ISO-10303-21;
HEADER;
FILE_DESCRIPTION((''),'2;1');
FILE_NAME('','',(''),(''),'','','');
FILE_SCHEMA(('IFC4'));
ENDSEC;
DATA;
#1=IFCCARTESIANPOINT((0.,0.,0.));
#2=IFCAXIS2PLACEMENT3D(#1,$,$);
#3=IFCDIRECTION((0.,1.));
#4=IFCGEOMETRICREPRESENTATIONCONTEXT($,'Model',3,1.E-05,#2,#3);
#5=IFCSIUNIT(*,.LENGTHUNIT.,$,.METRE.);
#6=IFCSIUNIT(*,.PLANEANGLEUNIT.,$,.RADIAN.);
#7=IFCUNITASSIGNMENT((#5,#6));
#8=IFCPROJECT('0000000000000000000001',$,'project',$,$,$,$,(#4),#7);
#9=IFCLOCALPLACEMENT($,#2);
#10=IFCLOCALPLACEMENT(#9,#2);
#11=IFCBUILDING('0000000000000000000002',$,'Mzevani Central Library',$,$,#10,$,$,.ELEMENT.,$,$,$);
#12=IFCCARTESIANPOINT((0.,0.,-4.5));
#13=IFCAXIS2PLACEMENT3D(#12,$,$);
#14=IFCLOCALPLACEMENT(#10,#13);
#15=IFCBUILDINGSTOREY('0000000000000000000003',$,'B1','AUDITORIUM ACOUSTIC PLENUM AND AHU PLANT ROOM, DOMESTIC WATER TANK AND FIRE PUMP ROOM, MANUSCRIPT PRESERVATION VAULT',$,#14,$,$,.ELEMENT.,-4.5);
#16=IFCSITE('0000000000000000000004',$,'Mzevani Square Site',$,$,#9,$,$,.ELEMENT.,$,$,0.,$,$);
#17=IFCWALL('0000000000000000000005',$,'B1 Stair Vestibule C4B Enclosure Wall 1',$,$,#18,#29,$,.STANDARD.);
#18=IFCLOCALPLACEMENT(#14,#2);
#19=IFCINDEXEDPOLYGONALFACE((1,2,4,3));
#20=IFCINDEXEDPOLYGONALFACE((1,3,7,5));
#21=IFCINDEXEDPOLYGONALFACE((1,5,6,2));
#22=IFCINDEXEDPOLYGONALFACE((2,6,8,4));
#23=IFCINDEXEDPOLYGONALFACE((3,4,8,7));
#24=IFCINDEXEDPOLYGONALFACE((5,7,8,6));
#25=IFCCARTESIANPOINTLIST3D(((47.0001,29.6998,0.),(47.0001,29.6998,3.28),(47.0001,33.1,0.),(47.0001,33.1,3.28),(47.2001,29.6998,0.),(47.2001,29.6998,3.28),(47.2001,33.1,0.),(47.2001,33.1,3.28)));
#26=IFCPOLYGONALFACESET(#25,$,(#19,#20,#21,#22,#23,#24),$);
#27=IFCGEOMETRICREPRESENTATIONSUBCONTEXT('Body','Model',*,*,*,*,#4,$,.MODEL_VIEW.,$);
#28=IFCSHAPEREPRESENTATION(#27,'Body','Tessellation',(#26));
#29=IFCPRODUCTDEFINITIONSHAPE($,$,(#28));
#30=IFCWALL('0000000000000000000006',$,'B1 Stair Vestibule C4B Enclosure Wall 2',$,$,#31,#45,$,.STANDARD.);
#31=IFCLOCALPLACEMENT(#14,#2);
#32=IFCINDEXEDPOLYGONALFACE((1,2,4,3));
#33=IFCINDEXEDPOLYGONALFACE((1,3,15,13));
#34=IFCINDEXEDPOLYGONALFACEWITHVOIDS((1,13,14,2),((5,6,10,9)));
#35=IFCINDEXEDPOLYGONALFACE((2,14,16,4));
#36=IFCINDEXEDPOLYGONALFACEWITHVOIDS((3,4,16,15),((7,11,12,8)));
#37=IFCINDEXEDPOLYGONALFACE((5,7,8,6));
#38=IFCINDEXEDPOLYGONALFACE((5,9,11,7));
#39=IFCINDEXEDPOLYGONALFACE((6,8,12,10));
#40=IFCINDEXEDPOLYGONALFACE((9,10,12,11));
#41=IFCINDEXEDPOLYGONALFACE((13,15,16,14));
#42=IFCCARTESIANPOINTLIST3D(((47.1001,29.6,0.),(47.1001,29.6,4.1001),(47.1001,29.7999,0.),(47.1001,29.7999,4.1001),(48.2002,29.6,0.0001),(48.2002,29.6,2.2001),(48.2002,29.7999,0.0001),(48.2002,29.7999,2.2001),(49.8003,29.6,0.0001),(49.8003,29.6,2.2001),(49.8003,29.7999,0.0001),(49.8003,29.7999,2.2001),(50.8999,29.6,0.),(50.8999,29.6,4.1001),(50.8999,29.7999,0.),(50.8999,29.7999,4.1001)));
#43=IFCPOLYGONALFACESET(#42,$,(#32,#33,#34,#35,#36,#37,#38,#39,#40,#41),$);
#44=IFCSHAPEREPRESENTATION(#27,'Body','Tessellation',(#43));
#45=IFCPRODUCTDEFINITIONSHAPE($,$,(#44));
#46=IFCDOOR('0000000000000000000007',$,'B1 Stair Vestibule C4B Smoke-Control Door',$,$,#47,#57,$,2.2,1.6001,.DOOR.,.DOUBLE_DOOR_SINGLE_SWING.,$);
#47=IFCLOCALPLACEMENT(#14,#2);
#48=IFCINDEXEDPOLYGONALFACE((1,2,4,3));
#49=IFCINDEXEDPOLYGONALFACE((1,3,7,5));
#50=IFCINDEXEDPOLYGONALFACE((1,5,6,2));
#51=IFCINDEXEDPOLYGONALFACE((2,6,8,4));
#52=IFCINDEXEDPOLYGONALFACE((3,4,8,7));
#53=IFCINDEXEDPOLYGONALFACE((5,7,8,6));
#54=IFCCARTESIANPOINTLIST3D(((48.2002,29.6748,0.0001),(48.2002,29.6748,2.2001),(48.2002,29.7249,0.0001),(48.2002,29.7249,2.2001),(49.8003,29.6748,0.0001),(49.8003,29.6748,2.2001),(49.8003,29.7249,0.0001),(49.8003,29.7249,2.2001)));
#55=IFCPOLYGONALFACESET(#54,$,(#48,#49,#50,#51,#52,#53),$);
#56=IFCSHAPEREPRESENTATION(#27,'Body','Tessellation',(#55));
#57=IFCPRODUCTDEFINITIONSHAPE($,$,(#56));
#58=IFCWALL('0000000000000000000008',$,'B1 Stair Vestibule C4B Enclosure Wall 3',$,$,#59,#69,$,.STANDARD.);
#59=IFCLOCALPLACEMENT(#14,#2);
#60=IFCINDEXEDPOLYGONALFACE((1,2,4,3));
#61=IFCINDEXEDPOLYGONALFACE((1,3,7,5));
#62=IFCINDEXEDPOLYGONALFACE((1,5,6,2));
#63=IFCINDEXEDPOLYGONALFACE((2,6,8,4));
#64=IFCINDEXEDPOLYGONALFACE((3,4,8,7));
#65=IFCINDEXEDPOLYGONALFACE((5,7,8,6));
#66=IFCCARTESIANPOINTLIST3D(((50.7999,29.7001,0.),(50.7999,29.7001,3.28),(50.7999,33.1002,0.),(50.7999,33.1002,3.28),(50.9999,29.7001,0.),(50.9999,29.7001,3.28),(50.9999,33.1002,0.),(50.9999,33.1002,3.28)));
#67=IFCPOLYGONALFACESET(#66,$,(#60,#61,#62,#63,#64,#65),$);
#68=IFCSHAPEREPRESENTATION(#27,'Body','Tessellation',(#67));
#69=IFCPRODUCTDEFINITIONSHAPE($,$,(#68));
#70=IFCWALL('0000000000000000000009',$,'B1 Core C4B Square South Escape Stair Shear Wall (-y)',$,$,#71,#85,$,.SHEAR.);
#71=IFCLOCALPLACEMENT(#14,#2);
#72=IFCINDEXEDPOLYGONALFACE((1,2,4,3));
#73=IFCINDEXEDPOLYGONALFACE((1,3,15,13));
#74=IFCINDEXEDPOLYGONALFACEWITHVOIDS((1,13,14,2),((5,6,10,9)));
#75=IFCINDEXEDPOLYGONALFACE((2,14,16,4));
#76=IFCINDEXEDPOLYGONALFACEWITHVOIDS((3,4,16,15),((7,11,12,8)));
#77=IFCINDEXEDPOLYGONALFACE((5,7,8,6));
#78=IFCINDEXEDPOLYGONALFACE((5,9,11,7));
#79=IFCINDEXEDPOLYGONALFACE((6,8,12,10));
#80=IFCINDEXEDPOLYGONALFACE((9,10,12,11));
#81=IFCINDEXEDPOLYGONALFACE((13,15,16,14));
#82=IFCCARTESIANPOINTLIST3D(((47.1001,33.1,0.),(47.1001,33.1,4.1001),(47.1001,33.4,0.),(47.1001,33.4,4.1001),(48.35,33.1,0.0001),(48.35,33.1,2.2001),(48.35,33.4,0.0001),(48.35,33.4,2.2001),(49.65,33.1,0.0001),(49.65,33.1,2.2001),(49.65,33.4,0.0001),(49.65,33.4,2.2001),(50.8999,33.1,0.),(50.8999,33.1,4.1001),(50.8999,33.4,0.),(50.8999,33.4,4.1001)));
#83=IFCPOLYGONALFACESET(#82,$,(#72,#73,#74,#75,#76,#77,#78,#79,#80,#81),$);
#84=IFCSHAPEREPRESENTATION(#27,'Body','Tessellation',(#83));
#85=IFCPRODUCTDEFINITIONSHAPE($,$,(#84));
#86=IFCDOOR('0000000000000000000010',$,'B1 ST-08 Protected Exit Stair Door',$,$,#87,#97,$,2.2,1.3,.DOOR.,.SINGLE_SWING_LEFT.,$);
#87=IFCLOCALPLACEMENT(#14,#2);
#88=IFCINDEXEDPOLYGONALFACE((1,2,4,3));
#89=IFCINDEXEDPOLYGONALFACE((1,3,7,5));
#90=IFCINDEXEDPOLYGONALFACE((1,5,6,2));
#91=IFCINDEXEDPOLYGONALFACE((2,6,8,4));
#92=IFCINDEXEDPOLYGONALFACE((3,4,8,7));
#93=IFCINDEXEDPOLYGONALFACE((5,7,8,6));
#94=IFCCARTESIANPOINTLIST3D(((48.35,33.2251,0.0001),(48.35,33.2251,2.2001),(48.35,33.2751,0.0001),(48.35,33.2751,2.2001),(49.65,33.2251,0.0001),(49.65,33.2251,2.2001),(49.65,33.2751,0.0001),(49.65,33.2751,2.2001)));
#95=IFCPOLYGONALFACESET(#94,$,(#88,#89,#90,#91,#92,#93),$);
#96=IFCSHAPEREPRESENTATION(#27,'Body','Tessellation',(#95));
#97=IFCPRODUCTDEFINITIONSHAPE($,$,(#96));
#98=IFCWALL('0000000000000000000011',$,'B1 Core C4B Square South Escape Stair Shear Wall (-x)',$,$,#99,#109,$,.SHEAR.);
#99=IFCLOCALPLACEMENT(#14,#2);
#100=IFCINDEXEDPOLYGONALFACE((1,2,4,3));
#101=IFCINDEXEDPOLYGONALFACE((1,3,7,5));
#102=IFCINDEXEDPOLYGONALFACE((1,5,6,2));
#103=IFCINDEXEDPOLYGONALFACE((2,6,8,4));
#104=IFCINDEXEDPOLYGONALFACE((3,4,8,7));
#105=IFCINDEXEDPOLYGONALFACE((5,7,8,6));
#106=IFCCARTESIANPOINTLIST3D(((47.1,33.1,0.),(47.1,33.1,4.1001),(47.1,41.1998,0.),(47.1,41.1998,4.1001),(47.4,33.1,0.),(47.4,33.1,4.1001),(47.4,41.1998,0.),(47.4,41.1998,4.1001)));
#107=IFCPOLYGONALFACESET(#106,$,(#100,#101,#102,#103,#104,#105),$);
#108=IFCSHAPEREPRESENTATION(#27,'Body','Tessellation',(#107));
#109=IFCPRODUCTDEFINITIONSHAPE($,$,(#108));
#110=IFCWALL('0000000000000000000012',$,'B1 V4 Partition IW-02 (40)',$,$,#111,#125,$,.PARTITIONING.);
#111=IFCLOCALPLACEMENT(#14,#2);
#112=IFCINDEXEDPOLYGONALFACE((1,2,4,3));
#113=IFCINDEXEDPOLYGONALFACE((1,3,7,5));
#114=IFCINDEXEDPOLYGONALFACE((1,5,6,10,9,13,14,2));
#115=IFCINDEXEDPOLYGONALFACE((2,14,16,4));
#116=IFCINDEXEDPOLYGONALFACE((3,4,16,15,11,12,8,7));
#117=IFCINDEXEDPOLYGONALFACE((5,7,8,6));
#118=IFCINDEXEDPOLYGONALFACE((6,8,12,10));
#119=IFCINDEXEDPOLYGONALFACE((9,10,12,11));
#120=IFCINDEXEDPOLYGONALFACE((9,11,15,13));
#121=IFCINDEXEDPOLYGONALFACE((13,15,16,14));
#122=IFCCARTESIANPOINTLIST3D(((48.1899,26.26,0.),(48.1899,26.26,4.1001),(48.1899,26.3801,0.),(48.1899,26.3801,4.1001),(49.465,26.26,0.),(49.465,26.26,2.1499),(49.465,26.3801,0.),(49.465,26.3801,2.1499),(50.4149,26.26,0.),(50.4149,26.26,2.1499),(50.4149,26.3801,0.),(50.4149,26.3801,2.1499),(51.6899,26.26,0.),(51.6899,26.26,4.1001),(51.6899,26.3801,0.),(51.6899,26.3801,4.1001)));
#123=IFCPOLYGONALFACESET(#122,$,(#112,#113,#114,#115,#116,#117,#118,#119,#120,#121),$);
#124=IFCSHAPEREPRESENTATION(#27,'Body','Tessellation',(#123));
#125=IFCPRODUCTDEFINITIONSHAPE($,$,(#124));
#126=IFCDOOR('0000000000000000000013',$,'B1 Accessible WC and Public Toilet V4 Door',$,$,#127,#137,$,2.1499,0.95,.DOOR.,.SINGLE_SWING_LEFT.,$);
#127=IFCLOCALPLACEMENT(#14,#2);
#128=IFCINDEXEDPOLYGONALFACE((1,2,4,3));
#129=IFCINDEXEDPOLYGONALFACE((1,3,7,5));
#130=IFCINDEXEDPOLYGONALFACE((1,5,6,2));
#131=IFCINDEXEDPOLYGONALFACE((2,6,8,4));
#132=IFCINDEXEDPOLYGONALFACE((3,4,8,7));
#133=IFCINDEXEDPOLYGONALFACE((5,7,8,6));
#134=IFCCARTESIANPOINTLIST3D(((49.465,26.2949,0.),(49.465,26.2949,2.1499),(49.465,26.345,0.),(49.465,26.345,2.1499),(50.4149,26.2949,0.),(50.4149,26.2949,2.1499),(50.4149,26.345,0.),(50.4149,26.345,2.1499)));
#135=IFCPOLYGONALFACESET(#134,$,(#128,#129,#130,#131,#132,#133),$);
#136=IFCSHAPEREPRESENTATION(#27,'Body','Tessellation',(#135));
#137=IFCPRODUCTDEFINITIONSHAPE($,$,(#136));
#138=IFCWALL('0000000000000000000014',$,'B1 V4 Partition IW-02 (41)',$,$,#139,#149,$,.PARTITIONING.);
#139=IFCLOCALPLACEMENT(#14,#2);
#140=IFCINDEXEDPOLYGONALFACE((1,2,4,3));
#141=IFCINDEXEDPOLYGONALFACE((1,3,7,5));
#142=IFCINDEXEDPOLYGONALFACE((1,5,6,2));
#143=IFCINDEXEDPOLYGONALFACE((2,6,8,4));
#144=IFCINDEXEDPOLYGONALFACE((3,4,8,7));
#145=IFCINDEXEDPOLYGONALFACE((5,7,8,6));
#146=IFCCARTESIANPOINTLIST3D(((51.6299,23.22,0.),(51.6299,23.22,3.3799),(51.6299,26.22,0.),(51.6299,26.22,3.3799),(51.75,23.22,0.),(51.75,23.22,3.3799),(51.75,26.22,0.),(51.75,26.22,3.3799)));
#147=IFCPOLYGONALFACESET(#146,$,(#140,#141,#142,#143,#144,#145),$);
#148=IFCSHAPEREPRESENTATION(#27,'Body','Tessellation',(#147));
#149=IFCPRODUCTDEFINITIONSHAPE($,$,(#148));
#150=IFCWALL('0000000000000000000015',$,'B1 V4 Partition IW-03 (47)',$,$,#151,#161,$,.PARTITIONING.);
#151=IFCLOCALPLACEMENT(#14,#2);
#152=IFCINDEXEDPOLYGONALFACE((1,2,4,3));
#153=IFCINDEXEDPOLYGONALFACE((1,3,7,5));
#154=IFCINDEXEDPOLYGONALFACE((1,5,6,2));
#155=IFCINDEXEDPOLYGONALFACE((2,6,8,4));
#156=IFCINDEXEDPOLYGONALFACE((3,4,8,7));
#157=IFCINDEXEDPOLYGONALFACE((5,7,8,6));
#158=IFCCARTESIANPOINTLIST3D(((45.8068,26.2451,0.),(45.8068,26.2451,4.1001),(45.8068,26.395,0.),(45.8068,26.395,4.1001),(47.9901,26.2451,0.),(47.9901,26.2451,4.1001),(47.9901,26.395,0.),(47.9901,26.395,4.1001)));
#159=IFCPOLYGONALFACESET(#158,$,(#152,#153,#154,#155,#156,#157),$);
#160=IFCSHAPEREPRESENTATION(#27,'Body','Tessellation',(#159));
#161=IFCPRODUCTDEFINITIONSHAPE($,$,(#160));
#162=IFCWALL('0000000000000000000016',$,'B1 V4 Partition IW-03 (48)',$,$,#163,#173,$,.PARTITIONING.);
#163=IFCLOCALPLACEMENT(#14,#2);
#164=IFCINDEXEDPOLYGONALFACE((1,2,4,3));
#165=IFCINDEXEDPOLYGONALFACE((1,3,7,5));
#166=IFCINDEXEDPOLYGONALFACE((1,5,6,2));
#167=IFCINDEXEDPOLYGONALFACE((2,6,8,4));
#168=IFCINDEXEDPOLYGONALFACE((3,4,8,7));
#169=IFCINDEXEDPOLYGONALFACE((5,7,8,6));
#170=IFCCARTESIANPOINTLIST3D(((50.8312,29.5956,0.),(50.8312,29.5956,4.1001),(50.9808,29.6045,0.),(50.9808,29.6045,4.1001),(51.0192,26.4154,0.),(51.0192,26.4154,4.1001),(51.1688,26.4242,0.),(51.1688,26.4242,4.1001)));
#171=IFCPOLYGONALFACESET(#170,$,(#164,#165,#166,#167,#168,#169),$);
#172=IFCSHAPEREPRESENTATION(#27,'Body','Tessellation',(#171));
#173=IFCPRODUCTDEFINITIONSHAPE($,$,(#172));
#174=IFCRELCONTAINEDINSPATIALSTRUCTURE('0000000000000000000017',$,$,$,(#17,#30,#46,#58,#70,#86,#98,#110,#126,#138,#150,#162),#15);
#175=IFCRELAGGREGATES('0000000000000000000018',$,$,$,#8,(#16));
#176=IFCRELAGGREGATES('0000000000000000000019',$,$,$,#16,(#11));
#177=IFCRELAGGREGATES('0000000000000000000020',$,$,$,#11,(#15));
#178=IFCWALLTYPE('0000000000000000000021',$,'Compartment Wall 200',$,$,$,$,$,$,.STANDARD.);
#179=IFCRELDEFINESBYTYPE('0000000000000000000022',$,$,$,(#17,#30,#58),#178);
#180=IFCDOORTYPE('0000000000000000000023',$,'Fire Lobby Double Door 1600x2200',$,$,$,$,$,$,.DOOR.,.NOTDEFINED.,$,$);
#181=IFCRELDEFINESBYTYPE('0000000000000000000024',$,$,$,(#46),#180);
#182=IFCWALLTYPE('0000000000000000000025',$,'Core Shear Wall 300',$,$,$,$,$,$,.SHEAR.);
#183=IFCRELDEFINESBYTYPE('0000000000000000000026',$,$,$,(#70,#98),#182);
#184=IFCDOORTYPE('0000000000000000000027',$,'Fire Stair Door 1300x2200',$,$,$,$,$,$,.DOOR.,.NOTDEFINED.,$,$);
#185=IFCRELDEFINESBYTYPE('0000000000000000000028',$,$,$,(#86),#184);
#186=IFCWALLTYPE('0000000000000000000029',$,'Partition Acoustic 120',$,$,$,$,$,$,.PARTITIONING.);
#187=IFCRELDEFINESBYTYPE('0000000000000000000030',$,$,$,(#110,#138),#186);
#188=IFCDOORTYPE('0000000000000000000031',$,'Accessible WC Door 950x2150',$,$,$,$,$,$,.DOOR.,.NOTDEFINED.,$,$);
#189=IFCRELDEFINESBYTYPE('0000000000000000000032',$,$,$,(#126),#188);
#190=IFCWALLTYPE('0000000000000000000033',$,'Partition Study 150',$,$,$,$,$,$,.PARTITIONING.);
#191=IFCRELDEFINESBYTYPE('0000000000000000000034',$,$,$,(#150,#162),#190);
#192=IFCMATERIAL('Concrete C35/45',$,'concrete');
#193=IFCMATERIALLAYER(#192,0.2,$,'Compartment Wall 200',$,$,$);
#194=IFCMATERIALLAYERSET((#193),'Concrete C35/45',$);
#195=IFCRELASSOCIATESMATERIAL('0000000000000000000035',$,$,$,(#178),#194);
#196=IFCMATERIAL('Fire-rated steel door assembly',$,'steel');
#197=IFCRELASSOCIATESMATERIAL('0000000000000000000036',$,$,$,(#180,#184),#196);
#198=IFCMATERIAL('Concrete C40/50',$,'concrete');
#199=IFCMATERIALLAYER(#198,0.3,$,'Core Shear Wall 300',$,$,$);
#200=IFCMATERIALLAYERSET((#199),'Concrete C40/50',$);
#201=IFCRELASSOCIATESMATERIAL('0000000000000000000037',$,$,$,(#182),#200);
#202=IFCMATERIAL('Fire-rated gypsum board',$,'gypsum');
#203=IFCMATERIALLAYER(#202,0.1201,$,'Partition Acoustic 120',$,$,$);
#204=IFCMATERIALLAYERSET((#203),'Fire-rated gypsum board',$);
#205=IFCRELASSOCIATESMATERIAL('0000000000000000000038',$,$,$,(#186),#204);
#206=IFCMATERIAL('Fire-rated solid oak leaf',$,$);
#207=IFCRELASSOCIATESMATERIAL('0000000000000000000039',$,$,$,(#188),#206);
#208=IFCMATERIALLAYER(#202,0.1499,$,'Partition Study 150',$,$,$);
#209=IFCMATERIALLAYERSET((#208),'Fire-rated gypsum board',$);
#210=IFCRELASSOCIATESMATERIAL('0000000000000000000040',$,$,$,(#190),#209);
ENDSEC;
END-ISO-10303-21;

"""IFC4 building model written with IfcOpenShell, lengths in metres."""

from ifc_helpers import new_model, si_unit, direction, frame, frame_2d, origin, place, context, subcontext, project, spatial, rectangle, extrude, material, layer, layer_set, type_object, element, fill, save


model = new_model("IFC4")

# Units and contexts
model_context = context("Model", 3, precision=1e-05, world=origin(), true_north=direction((0.0, 1.0)))
body_context = subcontext(model_context, "Body", "Model", "MODEL_VIEW")
ifc_project = project(units=[si_unit("LENGTHUNIT", "METRE"), si_unit("PLANEANGLEUNIT", "RADIAN")], contexts=[model_context])

# Site, building, storey
site_placement = place(None, origin())
site = spatial("IfcSite", under=ifc_project, at=site_placement, Name="Mzevani Square Site", CompositionType="ELEMENT", RefElevation=0.0)
building_placement = place(site_placement, origin())
building = spatial("IfcBuilding", under=site, at=building_placement, Name="Mzevani Central Library", CompositionType="ELEMENT")
storey_placement = place(building_placement, frame((0.0, 0.0, -4.5)))
storey = spatial("IfcBuildingStorey", under=building, at=storey_placement, Name="B1", Description="AUDITORIUM ACOUSTIC PLENUM AND AHU PLANT ROOM, DOMESTIC WATER TANK AND FIRE PUMP ROOM, MANUSCRIPT PRESERVATION VAULT", CompositionType="ELEMENT", Elevation=-4.5)

# Shared definitions
ifc_material_1 = material(Name="Concrete C40/50", Category="concrete")

# Shared definitions
ifc_material_2 = material(Name="Concrete C35/45", Category="concrete")

# Wall
ifc_layer_1 = layer(ifc_material_2, 0.2, Name="Compartment Wall 200")
ifc_layer_set_1 = layer_set([ifc_layer_1], Name="Concrete C35/45")
wall_type_1 = type_object("IfcWallType", Name="Compartment Wall 200", PredefinedType="STANDARD", material=ifc_layer_set_1)
wall_1_placement = place(storey_placement, frame((47.1001, 33.1001, 0.0), z_axis=(0.0, 0.0, 1.0), x_axis=(0.0, -1.0, 0.0)))
element("IfcWall", 1, at=wall_1_placement, inside=storey, type_object=wall_type_1, Name="B1 Stair Vestibule C4B Enclosure Wall 1", PredefinedType="STANDARD", context=body_context, shape_type="SweptSolid", body=[
    extrude(rectangle(XDim=3.4001, YDim=0.2, at=frame_2d((1.7002, 0.0))), origin(), (0.0, 0.0, 1.0), 3.28),
])

# Wall, opening, door
wall_2_placement = place(storey_placement, frame((47.1001, 29.7, 0.0), z_axis=(0.0, 0.0, 1.0), x_axis=(1.0, 0.0, 0.0)))
wall_2 = element("IfcWall", 2, at=wall_2_placement, inside=storey, type_object=wall_type_1, Name="B1 Stair Vestibule C4B Enclosure Wall 2", PredefinedType="STANDARD", context=body_context, shape_type="SweptSolid", body=[
    extrude(rectangle(XDim=3.7998, YDim=0.2, at=frame_2d((1.8999, 0.0))), origin(), (0.0, 0.0, 1.0), 4.1001),
])
opening_1_placement = place(wall_2_placement, frame((1.1001, 0.0, 0.0)))
opening_1 = element("IfcOpeningElement", 3, at=opening_1_placement, cuts=wall_2, PredefinedType="OPENING", context=body_context, shape_type="SweptSolid", body=[
    extrude(rectangle(XDim=1.6001, YDim=2.2, at=frame_2d((0.8, 1.1001))), frame((0.0, 0.1099, 0.0), z_axis=(0.0, -1.0, 0.0), x_axis=(1.0, 0.0, 0.0)), (0.0, 0.0, 1.0), 0.22),
])
ifc_material_3 = material(Name="Fire-rated steel door assembly", Category="steel")
door_type_1 = type_object("IfcDoorType", Name="Fire Lobby Double Door 1600x2200", OperationType="NOTDEFINED", PredefinedType="DOOR", material=ifc_material_3)
door_1_placement = place(opening_1_placement, origin())
door_1 = element("IfcDoor", 4, at=door_1_placement, inside=storey, type_object=door_type_1, Name="B1 Stair Vestibule C4B Smoke-Control Door", OperationType="DOUBLE_DOOR_SINGLE_SWING", OverallHeight=2.2, OverallWidth=1.6001, PredefinedType="DOOR", context=body_context, shape_type="SweptSolid", body=[
    extrude(rectangle(XDim=1.6001, YDim=2.2, at=frame_2d((0.8, 1.1001))), frame((0.0, 0.0249, 0.0), z_axis=(0.0, -1.0, 0.0), x_axis=(1.0, 0.0, 0.0)), (0.0, 0.0, 1.0), 0.05),
])
fill(opening_1, door_1)

# Wall
wall_3_placement = place(storey_placement, frame((50.8999, 29.7, 0.0), z_axis=(0.0, 0.0, 1.0), x_axis=(0.0, 1.0, 0.0)))
element("IfcWall", 5, at=wall_3_placement, inside=storey, type_object=wall_type_1, Name="B1 Stair Vestibule C4B Enclosure Wall 3", PredefinedType="STANDARD", context=body_context, shape_type="SweptSolid", body=[
    extrude(rectangle(XDim=3.4001, YDim=0.2, at=frame_2d((1.7002, 0.0))), origin(), (0.0, 0.0, 1.0), 3.28),
])

# Wall, opening, door
ifc_layer_2 = layer(ifc_material_1, 0.3, Name="Core Shear Wall 300")
ifc_layer_set_2 = layer_set([ifc_layer_2], Name="Concrete C40/50")
wall_type_2 = type_object("IfcWallType", Name="Core Shear Wall 300", PredefinedType="SHEAR", material=ifc_layer_set_2)
wall_4_placement = place(storey_placement, frame((50.8999, 33.25, 0.0), z_axis=(0.0, 0.0, 1.0), x_axis=(-1.0, 0.0, 0.0)))
wall_4 = element("IfcWall", 6, at=wall_4_placement, inside=storey, type_object=wall_type_2, Name="B1 Core C4B Square South Escape Stair Shear Wall (-y)", PredefinedType="SHEAR", context=body_context, shape_type="SweptSolid", body=[
    extrude(rectangle(XDim=3.7998, YDim=0.3, at=frame_2d((1.8999, 0.0))), origin(), (0.0, 0.0, 1.0), 4.1001),
])
opening_2_placement = place(wall_4_placement, frame((1.25, 0.0, 0.0)))
opening_2 = element("IfcOpeningElement", 7, at=opening_2_placement, cuts=wall_4, PredefinedType="OPENING", context=body_context, shape_type="SweptSolid", body=[
    extrude(rectangle(XDim=1.3, YDim=2.2, at=frame_2d((0.6499, 1.1001))), frame((0.0, 0.1602, 0.0), z_axis=(0.0, -1.0, 0.0), x_axis=(1.0, 0.0, 0.0)), (0.0, 0.0, 1.0), 0.3201),
])
door_type_2 = type_object("IfcDoorType", Name="Fire Stair Door 1300x2200", OperationType="NOTDEFINED", PredefinedType="DOOR", material=ifc_material_3)
door_2_placement = place(opening_2_placement, origin())
door_2 = element("IfcDoor", 8, at=door_2_placement, inside=storey, type_object=door_type_2, Name="B1 ST-08 Protected Exit Stair Door", OperationType="SINGLE_SWING_LEFT", OverallHeight=2.2, OverallWidth=1.3, PredefinedType="DOOR", context=body_context, shape_type="SweptSolid", body=[
    extrude(rectangle(XDim=1.3, YDim=2.2, at=frame_2d((0.6499, 1.1001))), frame((0.0, 0.0249, 0.0), z_axis=(0.0, -1.0, 0.0), x_axis=(1.0, 0.0, 0.0)), (0.0, 0.0, 1.0), 0.05),
])
fill(opening_2, door_2)

# Wall
wall_5_placement = place(storey_placement, frame((47.25, 33.1001, 0.0), z_axis=(0.0, 0.0, 1.0), x_axis=(0.0, 1.0, 0.0)))
element("IfcWall", 9, at=wall_5_placement, inside=storey, type_object=wall_type_2, Name="B1 Core C4B Square South Escape Stair Shear Wall (-x)", PredefinedType="SHEAR", context=body_context, shape_type="SweptSolid", body=[
    extrude(rectangle(XDim=8.0999, YDim=0.3, at=frame_2d((4.0498, 0.0))), origin(), (0.0, 0.0, 1.0), 4.1001),
])

# Wall, opening, door
ifc_material_4 = material(Name="Fire-rated gypsum board", Category="gypsum")
ifc_layer_3 = layer(ifc_material_4, 0.1201, Name="Partition Acoustic 120")
ifc_layer_set_3 = layer_set([ifc_layer_3], Name="Fire-rated gypsum board")
wall_type_3 = type_object("IfcWallType", Name="Partition Acoustic 120", PredefinedType="PARTITIONING", material=ifc_layer_set_3)
wall_6_placement = place(storey_placement, frame((48.1899, 26.3201, 0.0), z_axis=(0.0, 0.0, 1.0), x_axis=(1.0, 0.0, 0.0)))
wall_6 = element("IfcWall", 10, at=wall_6_placement, inside=storey, type_object=wall_type_3, Name="B1 V4 Partition IW-02 (40)", PredefinedType="PARTITIONING", context=body_context, shape_type="SweptSolid", body=[
    extrude(rectangle(XDim=3.5, YDim=0.1201, at=frame_2d((1.75, 0.0))), origin(), (0.0, 0.0, 1.0), 4.1001),
])
opening_3_placement = place(wall_6_placement, frame((1.2749, 0.0, 0.0)))
opening_3 = element("IfcOpeningElement", 11, at=opening_3_placement, cuts=wall_6, PredefinedType="OPENING", context=body_context, shape_type="SweptSolid", body=[
    extrude(rectangle(XDim=0.95, YDim=2.1499, at=frame_2d((0.4751, 1.075))), frame((0.0, 0.0701, 0.0), z_axis=(0.0, -1.0, 0.0), x_axis=(1.0, 0.0, 0.0)), (0.0, 0.0, 1.0), 0.1401),
])
ifc_material_5 = material(Name="Fire-rated solid oak leaf")
door_type_3 = type_object("IfcDoorType", Name="Accessible WC Door 950x2150", OperationType="NOTDEFINED", PredefinedType="DOOR", material=ifc_material_5)
door_3_placement = place(opening_3_placement, origin())
door_3 = element("IfcDoor", 12, at=door_3_placement, inside=storey, type_object=door_type_3, Name="B1 Accessible WC and Public Toilet V4 Door", OperationType="SINGLE_SWING_LEFT", OverallHeight=2.1499, OverallWidth=0.95, PredefinedType="DOOR", context=body_context, shape_type="SweptSolid", body=[
    extrude(rectangle(XDim=0.95, YDim=2.1499, at=frame_2d((0.4751, 1.075))), frame((0.0, 0.0249, 0.0), z_axis=(0.0, -1.0, 0.0), x_axis=(1.0, 0.0, 0.0)), (0.0, 0.0, 1.0), 0.05),
])
fill(opening_3, door_3)

# Walls
wall_7_placement = place(storey_placement, frame((51.6899, 26.22, 0.0), z_axis=(0.0, 0.0, 1.0), x_axis=(0.0, -1.0, 0.0)))
element("IfcWall", 13, at=wall_7_placement, inside=storey, type_object=wall_type_3, Name="B1 V4 Partition IW-02 (41)", PredefinedType="PARTITIONING", context=body_context, shape_type="SweptSolid", body=[
    extrude(rectangle(XDim=3.0, YDim=0.1201, at=frame_2d((1.5, 0.0))), origin(), (0.0, 0.0, 1.0), 3.3799),
])
ifc_layer_4 = layer(ifc_material_4, 0.1499, Name="Partition Study 150")
ifc_layer_set_4 = layer_set([ifc_layer_4], Name="Fire-rated gypsum board")
wall_type_4 = type_object("IfcWallType", Name="Partition Study 150", PredefinedType="PARTITIONING", material=ifc_layer_set_4)
wall_8_placement = place(storey_placement, frame((45.8066, 26.3201, 0.0), z_axis=(0.0, 0.0, 1.0), x_axis=(1.0, 0.0, 0.0)))
element("IfcWall", 14, at=wall_8_placement, inside=storey, type_object=wall_type_4, Name="B1 V4 Partition IW-03 (47)", PredefinedType="PARTITIONING", context=body_context, shape_type="SweptSolid", body=[
    extrude(rectangle(XDim=2.1833, YDim=0.1499, at=frame_2d((1.0918, 0.0))), origin(), (0.0, 0.0, 1.0), 4.1001),
])
wall_9_placement = place(storey_placement, frame((51.094, 26.4199, 0.0), z_axis=(0.0, 0.0, 1.0), x_axis=(-0.05901, 0.998257, 0.0)))
element("IfcWall", 15, at=wall_9_placement, inside=storey, type_object=wall_type_4, Name="B1 V4 Partition IW-03 (48)", PredefinedType="PARTITIONING", context=body_context, shape_type="SweptSolid", body=[
    extrude(rectangle(XDim=3.1858, YDim=0.1499, at=frame_2d((1.5928, 0.0))), origin(), (0.0, 0.0, 1.0), 4.1001),
])

save(model, "model.ifc")
